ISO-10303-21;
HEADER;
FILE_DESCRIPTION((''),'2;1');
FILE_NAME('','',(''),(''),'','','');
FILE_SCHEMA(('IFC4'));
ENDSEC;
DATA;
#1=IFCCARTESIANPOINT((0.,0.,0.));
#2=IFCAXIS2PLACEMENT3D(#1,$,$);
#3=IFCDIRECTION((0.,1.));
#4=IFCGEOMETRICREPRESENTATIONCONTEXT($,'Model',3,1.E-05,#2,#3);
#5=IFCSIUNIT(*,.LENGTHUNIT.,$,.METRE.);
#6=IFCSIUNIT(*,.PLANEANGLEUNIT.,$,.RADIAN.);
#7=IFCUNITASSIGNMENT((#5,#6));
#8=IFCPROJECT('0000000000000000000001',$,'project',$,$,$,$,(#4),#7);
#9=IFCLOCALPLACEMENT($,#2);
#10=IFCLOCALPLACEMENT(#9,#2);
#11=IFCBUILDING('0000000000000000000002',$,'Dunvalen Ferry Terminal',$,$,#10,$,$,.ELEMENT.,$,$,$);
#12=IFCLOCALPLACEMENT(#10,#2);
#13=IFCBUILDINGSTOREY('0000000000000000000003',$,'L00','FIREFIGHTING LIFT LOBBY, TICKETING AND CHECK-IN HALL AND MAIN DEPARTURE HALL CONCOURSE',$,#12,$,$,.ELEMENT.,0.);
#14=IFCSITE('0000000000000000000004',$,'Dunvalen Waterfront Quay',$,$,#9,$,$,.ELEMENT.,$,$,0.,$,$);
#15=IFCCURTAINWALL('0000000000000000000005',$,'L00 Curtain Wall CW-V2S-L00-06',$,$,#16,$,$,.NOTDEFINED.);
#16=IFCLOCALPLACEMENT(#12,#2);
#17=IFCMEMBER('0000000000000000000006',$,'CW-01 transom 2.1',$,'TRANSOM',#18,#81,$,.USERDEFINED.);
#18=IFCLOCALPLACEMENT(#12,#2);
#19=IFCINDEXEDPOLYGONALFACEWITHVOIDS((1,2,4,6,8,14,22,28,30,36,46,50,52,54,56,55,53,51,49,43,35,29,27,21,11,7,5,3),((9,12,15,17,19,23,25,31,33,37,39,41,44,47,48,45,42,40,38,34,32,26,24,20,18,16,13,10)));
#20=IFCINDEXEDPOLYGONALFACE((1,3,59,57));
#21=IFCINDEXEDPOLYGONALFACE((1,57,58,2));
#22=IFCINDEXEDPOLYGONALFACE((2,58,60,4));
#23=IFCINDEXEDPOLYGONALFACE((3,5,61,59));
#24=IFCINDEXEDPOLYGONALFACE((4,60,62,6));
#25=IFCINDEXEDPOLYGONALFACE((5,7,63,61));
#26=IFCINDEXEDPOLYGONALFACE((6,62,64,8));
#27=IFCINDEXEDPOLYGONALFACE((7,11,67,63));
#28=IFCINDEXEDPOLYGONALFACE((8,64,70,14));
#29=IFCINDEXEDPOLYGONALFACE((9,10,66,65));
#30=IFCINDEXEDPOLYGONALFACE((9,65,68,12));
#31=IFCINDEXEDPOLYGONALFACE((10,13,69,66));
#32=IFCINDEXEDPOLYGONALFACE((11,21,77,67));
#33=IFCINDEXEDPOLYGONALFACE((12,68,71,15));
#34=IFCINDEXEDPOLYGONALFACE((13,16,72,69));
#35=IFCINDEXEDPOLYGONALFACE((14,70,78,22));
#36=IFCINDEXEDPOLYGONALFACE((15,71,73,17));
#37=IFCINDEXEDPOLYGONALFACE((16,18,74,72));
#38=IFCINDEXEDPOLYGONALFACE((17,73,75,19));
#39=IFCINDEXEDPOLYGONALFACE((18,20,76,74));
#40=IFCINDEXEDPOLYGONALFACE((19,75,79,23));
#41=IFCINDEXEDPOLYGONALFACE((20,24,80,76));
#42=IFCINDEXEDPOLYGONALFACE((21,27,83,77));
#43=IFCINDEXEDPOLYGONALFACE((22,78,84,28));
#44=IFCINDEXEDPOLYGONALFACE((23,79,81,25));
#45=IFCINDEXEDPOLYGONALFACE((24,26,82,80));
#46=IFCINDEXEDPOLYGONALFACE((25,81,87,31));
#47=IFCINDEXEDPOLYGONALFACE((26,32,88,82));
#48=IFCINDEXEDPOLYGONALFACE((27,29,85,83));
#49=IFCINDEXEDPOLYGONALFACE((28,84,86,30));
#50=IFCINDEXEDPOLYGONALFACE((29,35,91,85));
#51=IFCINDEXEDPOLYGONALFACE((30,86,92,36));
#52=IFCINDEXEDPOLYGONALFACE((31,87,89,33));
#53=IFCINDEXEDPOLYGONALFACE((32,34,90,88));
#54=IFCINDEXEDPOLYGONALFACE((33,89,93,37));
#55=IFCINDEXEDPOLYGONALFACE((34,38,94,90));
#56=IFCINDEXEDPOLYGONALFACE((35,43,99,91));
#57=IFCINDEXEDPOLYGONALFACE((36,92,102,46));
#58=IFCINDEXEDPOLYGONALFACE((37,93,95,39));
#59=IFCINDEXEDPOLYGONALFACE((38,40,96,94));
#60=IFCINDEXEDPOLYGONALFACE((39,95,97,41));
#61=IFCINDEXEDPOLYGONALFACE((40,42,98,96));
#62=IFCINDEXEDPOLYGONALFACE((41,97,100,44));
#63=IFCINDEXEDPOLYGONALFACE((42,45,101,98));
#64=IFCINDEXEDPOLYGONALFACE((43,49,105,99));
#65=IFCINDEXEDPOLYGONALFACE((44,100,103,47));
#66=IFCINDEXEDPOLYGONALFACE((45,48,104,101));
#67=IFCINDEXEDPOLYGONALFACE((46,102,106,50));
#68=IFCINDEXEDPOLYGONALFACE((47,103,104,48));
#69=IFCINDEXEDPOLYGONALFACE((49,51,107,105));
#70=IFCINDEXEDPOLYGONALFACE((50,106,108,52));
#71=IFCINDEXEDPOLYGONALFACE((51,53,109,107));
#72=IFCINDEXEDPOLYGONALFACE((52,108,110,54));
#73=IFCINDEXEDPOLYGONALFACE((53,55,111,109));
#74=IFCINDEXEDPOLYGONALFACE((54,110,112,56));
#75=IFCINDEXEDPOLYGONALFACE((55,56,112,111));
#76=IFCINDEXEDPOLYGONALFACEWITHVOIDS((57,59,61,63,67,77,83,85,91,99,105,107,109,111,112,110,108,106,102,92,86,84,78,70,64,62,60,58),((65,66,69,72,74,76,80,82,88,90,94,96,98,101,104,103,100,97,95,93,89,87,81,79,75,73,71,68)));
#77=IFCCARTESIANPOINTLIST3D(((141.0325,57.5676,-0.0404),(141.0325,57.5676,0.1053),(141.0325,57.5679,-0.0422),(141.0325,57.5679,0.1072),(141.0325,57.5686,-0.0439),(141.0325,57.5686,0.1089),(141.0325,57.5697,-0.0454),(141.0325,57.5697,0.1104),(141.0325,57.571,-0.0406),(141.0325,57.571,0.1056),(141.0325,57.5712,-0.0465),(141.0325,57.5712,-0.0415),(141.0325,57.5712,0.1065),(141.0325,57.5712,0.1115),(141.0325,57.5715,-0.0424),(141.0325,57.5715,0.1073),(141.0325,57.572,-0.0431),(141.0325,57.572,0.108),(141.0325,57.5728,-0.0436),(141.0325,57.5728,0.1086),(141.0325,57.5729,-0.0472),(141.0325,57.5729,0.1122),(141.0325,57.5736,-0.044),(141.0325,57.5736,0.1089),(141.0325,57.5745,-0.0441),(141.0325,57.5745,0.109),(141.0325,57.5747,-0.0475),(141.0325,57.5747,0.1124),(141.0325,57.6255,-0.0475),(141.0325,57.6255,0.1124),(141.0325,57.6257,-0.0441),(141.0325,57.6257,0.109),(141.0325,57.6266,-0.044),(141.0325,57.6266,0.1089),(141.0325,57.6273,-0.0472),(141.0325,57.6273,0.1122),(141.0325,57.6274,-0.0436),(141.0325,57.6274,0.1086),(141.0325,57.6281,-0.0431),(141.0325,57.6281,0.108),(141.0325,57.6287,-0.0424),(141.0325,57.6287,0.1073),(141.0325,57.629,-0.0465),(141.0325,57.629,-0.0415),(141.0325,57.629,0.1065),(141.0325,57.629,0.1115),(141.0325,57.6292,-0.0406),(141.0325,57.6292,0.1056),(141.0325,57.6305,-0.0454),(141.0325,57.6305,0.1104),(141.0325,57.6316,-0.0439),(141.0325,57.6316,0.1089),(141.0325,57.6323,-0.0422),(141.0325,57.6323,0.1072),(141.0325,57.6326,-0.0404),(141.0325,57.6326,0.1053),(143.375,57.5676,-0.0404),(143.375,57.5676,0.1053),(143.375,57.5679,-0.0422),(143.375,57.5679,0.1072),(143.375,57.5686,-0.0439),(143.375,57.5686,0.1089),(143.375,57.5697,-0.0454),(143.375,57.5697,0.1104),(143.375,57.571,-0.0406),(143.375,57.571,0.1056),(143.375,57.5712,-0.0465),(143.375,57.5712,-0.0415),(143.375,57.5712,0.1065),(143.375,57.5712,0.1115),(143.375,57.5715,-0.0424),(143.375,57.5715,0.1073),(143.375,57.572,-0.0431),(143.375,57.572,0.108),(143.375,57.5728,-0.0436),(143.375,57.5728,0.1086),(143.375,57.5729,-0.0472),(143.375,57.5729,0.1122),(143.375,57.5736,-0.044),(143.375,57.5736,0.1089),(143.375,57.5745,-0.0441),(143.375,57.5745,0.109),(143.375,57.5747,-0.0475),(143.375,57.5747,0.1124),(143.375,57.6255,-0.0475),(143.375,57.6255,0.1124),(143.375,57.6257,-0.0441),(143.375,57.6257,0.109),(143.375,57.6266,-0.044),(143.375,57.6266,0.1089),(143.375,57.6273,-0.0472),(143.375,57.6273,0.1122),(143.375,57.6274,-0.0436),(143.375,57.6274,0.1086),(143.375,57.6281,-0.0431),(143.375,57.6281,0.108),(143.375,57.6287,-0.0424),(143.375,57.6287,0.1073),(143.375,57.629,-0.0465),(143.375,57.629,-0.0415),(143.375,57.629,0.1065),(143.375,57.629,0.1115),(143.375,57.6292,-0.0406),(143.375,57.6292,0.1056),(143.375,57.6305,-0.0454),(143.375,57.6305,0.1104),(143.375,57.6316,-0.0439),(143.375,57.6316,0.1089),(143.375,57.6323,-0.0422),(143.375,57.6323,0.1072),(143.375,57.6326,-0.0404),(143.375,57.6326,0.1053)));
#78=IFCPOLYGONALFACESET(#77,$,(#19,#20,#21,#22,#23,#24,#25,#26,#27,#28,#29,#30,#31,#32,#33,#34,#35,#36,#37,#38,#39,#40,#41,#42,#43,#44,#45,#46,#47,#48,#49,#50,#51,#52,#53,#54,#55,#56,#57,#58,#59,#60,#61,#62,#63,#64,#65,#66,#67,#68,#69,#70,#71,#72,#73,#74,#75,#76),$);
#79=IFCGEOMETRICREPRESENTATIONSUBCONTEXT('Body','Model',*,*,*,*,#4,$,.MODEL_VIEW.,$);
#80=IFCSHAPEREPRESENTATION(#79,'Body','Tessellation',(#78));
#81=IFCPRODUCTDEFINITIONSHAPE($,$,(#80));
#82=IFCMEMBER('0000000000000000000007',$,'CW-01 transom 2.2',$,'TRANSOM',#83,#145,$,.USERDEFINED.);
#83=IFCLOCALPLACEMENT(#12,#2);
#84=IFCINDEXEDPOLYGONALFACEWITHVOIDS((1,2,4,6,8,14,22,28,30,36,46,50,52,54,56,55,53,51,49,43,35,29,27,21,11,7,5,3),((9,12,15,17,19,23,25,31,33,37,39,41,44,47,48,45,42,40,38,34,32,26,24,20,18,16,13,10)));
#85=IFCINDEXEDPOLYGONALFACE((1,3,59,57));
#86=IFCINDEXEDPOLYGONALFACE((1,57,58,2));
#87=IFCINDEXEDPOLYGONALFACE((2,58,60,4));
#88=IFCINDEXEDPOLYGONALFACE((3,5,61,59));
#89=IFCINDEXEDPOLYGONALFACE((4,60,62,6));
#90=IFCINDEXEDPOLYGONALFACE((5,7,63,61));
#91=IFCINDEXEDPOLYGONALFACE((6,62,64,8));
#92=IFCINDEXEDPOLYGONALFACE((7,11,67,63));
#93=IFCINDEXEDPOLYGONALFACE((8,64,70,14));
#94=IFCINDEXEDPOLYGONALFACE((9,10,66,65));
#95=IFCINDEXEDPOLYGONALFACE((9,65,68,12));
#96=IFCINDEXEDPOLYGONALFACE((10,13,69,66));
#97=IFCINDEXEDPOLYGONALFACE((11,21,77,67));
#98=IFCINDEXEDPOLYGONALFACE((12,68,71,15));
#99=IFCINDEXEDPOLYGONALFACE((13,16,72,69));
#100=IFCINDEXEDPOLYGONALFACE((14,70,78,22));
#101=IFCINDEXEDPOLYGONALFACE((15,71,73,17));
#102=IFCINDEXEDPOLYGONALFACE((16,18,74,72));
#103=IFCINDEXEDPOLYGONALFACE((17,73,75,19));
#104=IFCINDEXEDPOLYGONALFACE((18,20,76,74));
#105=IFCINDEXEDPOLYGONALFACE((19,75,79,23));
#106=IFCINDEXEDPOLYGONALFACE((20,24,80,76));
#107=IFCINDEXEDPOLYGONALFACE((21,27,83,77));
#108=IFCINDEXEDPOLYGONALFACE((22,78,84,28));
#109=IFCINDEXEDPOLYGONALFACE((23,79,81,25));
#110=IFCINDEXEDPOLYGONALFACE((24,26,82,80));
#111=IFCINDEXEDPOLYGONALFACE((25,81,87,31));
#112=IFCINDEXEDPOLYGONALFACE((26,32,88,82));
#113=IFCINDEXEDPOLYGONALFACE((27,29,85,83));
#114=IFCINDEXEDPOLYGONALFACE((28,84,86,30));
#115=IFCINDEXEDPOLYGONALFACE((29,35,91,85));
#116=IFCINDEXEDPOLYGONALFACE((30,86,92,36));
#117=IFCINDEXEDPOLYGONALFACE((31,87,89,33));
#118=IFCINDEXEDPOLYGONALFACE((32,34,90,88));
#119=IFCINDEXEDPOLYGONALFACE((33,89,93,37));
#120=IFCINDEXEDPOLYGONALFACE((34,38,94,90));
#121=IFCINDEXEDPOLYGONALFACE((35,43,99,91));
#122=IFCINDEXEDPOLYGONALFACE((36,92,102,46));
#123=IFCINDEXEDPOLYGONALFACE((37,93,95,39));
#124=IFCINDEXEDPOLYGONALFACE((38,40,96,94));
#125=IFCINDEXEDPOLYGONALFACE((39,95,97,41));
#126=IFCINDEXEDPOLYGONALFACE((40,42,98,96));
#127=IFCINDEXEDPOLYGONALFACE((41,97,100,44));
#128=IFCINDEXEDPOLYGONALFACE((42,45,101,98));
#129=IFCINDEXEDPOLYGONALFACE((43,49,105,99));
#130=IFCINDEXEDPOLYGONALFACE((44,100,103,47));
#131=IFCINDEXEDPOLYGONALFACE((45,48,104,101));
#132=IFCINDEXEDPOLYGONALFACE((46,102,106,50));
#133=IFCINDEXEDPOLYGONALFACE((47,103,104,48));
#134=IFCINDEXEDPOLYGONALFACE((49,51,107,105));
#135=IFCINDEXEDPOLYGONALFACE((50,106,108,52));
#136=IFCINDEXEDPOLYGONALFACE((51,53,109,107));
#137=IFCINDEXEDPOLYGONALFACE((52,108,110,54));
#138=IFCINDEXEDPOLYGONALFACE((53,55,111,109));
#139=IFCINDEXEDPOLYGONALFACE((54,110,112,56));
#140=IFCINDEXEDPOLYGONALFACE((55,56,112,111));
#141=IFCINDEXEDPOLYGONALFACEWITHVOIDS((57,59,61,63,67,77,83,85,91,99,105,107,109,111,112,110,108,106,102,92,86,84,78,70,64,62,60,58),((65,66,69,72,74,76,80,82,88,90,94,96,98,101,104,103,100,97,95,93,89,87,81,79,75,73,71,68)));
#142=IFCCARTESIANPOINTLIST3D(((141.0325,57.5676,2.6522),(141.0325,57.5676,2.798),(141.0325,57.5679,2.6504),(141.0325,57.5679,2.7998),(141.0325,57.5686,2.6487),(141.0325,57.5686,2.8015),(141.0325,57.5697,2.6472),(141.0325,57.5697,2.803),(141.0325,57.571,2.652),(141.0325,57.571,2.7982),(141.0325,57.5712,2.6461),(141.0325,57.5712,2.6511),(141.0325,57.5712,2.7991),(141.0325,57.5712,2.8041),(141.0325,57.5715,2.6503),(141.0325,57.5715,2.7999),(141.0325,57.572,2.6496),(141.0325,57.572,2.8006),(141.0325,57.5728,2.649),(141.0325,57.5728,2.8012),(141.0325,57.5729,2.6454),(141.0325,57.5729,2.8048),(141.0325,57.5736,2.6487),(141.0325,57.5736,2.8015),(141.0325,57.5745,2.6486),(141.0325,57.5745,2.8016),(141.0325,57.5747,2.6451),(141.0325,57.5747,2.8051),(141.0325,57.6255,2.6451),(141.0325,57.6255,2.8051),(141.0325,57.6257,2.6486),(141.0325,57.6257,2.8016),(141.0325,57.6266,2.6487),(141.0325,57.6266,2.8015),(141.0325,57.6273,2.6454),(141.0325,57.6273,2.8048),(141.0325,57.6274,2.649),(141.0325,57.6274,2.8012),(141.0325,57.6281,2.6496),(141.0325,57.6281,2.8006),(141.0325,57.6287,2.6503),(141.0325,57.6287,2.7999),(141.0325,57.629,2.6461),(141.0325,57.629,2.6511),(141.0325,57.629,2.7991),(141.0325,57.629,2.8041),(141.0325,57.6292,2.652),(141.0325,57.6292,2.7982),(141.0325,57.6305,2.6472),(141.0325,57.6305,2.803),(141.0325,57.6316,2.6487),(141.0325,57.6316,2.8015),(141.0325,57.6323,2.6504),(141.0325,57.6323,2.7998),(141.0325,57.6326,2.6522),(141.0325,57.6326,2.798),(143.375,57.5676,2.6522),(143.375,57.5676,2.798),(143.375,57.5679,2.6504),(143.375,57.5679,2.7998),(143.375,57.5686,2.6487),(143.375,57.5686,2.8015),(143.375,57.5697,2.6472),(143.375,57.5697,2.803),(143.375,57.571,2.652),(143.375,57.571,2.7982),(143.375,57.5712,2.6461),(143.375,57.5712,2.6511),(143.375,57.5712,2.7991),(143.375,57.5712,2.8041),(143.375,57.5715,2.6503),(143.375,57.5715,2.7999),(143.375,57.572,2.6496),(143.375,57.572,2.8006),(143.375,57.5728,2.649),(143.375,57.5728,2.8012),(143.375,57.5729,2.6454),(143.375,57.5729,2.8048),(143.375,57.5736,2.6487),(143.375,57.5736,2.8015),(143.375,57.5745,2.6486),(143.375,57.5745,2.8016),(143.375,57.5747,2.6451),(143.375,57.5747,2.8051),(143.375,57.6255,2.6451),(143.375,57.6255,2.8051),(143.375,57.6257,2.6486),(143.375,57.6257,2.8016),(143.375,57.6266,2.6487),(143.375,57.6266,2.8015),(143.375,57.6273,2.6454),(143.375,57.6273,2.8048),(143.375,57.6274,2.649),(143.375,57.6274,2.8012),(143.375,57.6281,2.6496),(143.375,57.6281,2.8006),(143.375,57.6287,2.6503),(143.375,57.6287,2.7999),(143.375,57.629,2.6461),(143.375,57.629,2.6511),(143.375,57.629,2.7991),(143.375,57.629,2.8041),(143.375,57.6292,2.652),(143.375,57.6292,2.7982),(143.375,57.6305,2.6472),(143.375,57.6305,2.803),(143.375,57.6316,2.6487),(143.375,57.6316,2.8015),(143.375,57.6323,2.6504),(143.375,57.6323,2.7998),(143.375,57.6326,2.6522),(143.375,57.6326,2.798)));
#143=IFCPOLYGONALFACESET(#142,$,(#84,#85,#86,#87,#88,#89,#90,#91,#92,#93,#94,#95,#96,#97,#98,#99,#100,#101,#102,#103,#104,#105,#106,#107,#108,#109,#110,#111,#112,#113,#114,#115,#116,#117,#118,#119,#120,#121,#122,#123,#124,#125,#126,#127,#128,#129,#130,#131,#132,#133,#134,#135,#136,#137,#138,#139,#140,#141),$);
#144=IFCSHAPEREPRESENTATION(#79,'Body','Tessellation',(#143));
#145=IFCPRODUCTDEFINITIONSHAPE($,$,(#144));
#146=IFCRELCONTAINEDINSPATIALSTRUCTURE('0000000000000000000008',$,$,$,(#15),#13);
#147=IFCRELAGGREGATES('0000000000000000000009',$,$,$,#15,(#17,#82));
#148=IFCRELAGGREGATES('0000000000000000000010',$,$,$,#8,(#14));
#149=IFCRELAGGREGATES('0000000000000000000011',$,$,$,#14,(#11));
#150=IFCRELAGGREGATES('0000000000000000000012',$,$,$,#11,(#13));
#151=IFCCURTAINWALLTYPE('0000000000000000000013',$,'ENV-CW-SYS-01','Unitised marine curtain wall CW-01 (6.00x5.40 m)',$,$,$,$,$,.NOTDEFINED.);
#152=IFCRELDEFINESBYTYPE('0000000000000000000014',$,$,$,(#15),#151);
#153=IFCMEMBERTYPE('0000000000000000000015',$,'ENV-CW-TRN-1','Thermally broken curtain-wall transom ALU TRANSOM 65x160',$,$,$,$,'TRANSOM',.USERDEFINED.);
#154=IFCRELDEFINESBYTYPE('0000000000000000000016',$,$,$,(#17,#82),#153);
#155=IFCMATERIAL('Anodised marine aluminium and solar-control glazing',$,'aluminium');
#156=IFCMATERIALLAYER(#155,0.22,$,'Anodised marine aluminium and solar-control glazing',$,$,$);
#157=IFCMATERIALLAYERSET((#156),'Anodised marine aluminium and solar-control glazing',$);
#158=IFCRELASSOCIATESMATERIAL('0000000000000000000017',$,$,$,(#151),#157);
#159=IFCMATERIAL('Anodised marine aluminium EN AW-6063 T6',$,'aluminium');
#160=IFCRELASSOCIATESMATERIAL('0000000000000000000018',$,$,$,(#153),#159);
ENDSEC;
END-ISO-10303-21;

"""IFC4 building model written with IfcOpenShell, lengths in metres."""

from ifc_helpers import new_model, si_unit, direction, frame, origin, origin_2d, place, context, subcontext, project, spatial, hollow_rectangle, extrude, material, layer, layer_set, material_profile, profile_set, type_object, element, aggregate, save


model = new_model("IFC4")

# Units and contexts
model_context = context("Model", 3, precision=1e-05, world=origin(), true_north=direction((0.0, 1.0)))
body_context = subcontext(model_context, "Body", "Model", "MODEL_VIEW")
ifc_project = project(units=[si_unit("LENGTHUNIT", "METRE"), si_unit("PLANEANGLEUNIT", "RADIAN")], contexts=[model_context])

# Site, building, storey
site_placement = place(None, origin())
site = spatial("IfcSite", under=ifc_project, at=site_placement, Name="Dunvalen Waterfront Quay", CompositionType="ELEMENT", RefElevation=0.0)
building_placement = place(site_placement, origin())
building = spatial("IfcBuilding", under=site, at=building_placement, Name="Dunvalen Ferry Terminal", CompositionType="ELEMENT")
storey_placement = place(building_placement, origin())
storey = spatial("IfcBuildingStorey", under=building, at=storey_placement, Name="L00", Description="FIREFIGHTING LIFT LOBBY, TICKETING AND CHECK-IN HALL AND MAIN DEPARTURE HALL CONCOURSE", CompositionType="ELEMENT", Elevation=0.0)

# Curtain wall, members
ifc_material_1 = material(Name="Anodised marine aluminium and solar-control glazing", Category="aluminium")
ifc_layer_1 = layer(ifc_material_1, 0.22, Name="Anodised marine aluminium and solar-control glazing")
ifc_layer_set_1 = layer_set([ifc_layer_1], Name="Anodised marine aluminium and solar-control glazing")
curtain_wall_type = type_object("IfcCurtainWallType", Name="ENV-CW-SYS-01", Description="Unitised marine curtain wall CW-01 (6.00x5.40 m)", PredefinedType="NOTDEFINED", material=ifc_layer_set_1)
curtain_wall_placement = place(storey_placement, origin())
curtain_wall = element("IfcCurtainWall", 1, at=curtain_wall_placement, inside=storey, type_object=curtain_wall_type, Name="L00 Curtain Wall CW-V2S-L00-06", PredefinedType="NOTDEFINED")
ifc_material_2 = material(Name="Anodised marine aluminium EN AW-6063 T6", Category="aluminium")
ifc_material_profile_1 = material_profile(ifc_material_2, hollow_rectangle(XDim=0.0649, YDim=0.1599, WallThickness=0.0034, InnerFilletRadius=0.0034, OuterFilletRadius=0.0071, at=origin_2d()), Name="Anodised marine aluminium EN AW-6063 T6")
ifc_profile_set_1 = profile_set([ifc_material_profile_1], Name="Anodised marine aluminium EN AW-6063 T6")
member_type_1 = type_object("IfcMemberType", Name="ENV-CW-TRN-1", Description="Thermally broken curtain-wall transom ALU TRANSOM 65x160", ElementType="TRANSOM", PredefinedType="USERDEFINED", material=ifc_profile_set_1)
member_1_placement = place(storey_placement, frame((141.0325, 57.6001, 0.0325), z_axis=(1.0, 0.0, 0.0), x_axis=(0.0, 1.0, 0.0)))
member_1 = element("IfcMember", 2, at=member_1_placement, type_object=member_type_1, Name="CW-01 transom 2.1", ObjectType="TRANSOM", PredefinedType="USERDEFINED", context=body_context, shape_type="SweptSolid", body=[
    extrude(hollow_rectangle(XDim=0.0649, YDim=0.1599, WallThickness=0.0034, InnerFilletRadius=0.0034, OuterFilletRadius=0.0071, at=origin_2d()), origin(), (0.0, 0.0, 1.0), 2.3425),
])
member_2_placement = place(storey_placement, frame((141.0325, 57.6001, 2.7251), z_axis=(1.0, 0.0, 0.0), x_axis=(0.0, 1.0, 0.0)))
member_2 = element("IfcMember", 3, at=member_2_placement, type_object=member_type_1, Name="CW-01 transom 2.2", ObjectType="TRANSOM", PredefinedType="USERDEFINED", context=body_context, shape_type="SweptSolid", body=[
    extrude(hollow_rectangle(XDim=0.0649, YDim=0.1599, WallThickness=0.0034, InnerFilletRadius=0.0034, OuterFilletRadius=0.0071, at=origin_2d()), origin(), (0.0, 0.0, 1.0), 2.3425),
])
aggregate(curtain_wall, [member_1, member_2])

save(model, "model.ifc")
